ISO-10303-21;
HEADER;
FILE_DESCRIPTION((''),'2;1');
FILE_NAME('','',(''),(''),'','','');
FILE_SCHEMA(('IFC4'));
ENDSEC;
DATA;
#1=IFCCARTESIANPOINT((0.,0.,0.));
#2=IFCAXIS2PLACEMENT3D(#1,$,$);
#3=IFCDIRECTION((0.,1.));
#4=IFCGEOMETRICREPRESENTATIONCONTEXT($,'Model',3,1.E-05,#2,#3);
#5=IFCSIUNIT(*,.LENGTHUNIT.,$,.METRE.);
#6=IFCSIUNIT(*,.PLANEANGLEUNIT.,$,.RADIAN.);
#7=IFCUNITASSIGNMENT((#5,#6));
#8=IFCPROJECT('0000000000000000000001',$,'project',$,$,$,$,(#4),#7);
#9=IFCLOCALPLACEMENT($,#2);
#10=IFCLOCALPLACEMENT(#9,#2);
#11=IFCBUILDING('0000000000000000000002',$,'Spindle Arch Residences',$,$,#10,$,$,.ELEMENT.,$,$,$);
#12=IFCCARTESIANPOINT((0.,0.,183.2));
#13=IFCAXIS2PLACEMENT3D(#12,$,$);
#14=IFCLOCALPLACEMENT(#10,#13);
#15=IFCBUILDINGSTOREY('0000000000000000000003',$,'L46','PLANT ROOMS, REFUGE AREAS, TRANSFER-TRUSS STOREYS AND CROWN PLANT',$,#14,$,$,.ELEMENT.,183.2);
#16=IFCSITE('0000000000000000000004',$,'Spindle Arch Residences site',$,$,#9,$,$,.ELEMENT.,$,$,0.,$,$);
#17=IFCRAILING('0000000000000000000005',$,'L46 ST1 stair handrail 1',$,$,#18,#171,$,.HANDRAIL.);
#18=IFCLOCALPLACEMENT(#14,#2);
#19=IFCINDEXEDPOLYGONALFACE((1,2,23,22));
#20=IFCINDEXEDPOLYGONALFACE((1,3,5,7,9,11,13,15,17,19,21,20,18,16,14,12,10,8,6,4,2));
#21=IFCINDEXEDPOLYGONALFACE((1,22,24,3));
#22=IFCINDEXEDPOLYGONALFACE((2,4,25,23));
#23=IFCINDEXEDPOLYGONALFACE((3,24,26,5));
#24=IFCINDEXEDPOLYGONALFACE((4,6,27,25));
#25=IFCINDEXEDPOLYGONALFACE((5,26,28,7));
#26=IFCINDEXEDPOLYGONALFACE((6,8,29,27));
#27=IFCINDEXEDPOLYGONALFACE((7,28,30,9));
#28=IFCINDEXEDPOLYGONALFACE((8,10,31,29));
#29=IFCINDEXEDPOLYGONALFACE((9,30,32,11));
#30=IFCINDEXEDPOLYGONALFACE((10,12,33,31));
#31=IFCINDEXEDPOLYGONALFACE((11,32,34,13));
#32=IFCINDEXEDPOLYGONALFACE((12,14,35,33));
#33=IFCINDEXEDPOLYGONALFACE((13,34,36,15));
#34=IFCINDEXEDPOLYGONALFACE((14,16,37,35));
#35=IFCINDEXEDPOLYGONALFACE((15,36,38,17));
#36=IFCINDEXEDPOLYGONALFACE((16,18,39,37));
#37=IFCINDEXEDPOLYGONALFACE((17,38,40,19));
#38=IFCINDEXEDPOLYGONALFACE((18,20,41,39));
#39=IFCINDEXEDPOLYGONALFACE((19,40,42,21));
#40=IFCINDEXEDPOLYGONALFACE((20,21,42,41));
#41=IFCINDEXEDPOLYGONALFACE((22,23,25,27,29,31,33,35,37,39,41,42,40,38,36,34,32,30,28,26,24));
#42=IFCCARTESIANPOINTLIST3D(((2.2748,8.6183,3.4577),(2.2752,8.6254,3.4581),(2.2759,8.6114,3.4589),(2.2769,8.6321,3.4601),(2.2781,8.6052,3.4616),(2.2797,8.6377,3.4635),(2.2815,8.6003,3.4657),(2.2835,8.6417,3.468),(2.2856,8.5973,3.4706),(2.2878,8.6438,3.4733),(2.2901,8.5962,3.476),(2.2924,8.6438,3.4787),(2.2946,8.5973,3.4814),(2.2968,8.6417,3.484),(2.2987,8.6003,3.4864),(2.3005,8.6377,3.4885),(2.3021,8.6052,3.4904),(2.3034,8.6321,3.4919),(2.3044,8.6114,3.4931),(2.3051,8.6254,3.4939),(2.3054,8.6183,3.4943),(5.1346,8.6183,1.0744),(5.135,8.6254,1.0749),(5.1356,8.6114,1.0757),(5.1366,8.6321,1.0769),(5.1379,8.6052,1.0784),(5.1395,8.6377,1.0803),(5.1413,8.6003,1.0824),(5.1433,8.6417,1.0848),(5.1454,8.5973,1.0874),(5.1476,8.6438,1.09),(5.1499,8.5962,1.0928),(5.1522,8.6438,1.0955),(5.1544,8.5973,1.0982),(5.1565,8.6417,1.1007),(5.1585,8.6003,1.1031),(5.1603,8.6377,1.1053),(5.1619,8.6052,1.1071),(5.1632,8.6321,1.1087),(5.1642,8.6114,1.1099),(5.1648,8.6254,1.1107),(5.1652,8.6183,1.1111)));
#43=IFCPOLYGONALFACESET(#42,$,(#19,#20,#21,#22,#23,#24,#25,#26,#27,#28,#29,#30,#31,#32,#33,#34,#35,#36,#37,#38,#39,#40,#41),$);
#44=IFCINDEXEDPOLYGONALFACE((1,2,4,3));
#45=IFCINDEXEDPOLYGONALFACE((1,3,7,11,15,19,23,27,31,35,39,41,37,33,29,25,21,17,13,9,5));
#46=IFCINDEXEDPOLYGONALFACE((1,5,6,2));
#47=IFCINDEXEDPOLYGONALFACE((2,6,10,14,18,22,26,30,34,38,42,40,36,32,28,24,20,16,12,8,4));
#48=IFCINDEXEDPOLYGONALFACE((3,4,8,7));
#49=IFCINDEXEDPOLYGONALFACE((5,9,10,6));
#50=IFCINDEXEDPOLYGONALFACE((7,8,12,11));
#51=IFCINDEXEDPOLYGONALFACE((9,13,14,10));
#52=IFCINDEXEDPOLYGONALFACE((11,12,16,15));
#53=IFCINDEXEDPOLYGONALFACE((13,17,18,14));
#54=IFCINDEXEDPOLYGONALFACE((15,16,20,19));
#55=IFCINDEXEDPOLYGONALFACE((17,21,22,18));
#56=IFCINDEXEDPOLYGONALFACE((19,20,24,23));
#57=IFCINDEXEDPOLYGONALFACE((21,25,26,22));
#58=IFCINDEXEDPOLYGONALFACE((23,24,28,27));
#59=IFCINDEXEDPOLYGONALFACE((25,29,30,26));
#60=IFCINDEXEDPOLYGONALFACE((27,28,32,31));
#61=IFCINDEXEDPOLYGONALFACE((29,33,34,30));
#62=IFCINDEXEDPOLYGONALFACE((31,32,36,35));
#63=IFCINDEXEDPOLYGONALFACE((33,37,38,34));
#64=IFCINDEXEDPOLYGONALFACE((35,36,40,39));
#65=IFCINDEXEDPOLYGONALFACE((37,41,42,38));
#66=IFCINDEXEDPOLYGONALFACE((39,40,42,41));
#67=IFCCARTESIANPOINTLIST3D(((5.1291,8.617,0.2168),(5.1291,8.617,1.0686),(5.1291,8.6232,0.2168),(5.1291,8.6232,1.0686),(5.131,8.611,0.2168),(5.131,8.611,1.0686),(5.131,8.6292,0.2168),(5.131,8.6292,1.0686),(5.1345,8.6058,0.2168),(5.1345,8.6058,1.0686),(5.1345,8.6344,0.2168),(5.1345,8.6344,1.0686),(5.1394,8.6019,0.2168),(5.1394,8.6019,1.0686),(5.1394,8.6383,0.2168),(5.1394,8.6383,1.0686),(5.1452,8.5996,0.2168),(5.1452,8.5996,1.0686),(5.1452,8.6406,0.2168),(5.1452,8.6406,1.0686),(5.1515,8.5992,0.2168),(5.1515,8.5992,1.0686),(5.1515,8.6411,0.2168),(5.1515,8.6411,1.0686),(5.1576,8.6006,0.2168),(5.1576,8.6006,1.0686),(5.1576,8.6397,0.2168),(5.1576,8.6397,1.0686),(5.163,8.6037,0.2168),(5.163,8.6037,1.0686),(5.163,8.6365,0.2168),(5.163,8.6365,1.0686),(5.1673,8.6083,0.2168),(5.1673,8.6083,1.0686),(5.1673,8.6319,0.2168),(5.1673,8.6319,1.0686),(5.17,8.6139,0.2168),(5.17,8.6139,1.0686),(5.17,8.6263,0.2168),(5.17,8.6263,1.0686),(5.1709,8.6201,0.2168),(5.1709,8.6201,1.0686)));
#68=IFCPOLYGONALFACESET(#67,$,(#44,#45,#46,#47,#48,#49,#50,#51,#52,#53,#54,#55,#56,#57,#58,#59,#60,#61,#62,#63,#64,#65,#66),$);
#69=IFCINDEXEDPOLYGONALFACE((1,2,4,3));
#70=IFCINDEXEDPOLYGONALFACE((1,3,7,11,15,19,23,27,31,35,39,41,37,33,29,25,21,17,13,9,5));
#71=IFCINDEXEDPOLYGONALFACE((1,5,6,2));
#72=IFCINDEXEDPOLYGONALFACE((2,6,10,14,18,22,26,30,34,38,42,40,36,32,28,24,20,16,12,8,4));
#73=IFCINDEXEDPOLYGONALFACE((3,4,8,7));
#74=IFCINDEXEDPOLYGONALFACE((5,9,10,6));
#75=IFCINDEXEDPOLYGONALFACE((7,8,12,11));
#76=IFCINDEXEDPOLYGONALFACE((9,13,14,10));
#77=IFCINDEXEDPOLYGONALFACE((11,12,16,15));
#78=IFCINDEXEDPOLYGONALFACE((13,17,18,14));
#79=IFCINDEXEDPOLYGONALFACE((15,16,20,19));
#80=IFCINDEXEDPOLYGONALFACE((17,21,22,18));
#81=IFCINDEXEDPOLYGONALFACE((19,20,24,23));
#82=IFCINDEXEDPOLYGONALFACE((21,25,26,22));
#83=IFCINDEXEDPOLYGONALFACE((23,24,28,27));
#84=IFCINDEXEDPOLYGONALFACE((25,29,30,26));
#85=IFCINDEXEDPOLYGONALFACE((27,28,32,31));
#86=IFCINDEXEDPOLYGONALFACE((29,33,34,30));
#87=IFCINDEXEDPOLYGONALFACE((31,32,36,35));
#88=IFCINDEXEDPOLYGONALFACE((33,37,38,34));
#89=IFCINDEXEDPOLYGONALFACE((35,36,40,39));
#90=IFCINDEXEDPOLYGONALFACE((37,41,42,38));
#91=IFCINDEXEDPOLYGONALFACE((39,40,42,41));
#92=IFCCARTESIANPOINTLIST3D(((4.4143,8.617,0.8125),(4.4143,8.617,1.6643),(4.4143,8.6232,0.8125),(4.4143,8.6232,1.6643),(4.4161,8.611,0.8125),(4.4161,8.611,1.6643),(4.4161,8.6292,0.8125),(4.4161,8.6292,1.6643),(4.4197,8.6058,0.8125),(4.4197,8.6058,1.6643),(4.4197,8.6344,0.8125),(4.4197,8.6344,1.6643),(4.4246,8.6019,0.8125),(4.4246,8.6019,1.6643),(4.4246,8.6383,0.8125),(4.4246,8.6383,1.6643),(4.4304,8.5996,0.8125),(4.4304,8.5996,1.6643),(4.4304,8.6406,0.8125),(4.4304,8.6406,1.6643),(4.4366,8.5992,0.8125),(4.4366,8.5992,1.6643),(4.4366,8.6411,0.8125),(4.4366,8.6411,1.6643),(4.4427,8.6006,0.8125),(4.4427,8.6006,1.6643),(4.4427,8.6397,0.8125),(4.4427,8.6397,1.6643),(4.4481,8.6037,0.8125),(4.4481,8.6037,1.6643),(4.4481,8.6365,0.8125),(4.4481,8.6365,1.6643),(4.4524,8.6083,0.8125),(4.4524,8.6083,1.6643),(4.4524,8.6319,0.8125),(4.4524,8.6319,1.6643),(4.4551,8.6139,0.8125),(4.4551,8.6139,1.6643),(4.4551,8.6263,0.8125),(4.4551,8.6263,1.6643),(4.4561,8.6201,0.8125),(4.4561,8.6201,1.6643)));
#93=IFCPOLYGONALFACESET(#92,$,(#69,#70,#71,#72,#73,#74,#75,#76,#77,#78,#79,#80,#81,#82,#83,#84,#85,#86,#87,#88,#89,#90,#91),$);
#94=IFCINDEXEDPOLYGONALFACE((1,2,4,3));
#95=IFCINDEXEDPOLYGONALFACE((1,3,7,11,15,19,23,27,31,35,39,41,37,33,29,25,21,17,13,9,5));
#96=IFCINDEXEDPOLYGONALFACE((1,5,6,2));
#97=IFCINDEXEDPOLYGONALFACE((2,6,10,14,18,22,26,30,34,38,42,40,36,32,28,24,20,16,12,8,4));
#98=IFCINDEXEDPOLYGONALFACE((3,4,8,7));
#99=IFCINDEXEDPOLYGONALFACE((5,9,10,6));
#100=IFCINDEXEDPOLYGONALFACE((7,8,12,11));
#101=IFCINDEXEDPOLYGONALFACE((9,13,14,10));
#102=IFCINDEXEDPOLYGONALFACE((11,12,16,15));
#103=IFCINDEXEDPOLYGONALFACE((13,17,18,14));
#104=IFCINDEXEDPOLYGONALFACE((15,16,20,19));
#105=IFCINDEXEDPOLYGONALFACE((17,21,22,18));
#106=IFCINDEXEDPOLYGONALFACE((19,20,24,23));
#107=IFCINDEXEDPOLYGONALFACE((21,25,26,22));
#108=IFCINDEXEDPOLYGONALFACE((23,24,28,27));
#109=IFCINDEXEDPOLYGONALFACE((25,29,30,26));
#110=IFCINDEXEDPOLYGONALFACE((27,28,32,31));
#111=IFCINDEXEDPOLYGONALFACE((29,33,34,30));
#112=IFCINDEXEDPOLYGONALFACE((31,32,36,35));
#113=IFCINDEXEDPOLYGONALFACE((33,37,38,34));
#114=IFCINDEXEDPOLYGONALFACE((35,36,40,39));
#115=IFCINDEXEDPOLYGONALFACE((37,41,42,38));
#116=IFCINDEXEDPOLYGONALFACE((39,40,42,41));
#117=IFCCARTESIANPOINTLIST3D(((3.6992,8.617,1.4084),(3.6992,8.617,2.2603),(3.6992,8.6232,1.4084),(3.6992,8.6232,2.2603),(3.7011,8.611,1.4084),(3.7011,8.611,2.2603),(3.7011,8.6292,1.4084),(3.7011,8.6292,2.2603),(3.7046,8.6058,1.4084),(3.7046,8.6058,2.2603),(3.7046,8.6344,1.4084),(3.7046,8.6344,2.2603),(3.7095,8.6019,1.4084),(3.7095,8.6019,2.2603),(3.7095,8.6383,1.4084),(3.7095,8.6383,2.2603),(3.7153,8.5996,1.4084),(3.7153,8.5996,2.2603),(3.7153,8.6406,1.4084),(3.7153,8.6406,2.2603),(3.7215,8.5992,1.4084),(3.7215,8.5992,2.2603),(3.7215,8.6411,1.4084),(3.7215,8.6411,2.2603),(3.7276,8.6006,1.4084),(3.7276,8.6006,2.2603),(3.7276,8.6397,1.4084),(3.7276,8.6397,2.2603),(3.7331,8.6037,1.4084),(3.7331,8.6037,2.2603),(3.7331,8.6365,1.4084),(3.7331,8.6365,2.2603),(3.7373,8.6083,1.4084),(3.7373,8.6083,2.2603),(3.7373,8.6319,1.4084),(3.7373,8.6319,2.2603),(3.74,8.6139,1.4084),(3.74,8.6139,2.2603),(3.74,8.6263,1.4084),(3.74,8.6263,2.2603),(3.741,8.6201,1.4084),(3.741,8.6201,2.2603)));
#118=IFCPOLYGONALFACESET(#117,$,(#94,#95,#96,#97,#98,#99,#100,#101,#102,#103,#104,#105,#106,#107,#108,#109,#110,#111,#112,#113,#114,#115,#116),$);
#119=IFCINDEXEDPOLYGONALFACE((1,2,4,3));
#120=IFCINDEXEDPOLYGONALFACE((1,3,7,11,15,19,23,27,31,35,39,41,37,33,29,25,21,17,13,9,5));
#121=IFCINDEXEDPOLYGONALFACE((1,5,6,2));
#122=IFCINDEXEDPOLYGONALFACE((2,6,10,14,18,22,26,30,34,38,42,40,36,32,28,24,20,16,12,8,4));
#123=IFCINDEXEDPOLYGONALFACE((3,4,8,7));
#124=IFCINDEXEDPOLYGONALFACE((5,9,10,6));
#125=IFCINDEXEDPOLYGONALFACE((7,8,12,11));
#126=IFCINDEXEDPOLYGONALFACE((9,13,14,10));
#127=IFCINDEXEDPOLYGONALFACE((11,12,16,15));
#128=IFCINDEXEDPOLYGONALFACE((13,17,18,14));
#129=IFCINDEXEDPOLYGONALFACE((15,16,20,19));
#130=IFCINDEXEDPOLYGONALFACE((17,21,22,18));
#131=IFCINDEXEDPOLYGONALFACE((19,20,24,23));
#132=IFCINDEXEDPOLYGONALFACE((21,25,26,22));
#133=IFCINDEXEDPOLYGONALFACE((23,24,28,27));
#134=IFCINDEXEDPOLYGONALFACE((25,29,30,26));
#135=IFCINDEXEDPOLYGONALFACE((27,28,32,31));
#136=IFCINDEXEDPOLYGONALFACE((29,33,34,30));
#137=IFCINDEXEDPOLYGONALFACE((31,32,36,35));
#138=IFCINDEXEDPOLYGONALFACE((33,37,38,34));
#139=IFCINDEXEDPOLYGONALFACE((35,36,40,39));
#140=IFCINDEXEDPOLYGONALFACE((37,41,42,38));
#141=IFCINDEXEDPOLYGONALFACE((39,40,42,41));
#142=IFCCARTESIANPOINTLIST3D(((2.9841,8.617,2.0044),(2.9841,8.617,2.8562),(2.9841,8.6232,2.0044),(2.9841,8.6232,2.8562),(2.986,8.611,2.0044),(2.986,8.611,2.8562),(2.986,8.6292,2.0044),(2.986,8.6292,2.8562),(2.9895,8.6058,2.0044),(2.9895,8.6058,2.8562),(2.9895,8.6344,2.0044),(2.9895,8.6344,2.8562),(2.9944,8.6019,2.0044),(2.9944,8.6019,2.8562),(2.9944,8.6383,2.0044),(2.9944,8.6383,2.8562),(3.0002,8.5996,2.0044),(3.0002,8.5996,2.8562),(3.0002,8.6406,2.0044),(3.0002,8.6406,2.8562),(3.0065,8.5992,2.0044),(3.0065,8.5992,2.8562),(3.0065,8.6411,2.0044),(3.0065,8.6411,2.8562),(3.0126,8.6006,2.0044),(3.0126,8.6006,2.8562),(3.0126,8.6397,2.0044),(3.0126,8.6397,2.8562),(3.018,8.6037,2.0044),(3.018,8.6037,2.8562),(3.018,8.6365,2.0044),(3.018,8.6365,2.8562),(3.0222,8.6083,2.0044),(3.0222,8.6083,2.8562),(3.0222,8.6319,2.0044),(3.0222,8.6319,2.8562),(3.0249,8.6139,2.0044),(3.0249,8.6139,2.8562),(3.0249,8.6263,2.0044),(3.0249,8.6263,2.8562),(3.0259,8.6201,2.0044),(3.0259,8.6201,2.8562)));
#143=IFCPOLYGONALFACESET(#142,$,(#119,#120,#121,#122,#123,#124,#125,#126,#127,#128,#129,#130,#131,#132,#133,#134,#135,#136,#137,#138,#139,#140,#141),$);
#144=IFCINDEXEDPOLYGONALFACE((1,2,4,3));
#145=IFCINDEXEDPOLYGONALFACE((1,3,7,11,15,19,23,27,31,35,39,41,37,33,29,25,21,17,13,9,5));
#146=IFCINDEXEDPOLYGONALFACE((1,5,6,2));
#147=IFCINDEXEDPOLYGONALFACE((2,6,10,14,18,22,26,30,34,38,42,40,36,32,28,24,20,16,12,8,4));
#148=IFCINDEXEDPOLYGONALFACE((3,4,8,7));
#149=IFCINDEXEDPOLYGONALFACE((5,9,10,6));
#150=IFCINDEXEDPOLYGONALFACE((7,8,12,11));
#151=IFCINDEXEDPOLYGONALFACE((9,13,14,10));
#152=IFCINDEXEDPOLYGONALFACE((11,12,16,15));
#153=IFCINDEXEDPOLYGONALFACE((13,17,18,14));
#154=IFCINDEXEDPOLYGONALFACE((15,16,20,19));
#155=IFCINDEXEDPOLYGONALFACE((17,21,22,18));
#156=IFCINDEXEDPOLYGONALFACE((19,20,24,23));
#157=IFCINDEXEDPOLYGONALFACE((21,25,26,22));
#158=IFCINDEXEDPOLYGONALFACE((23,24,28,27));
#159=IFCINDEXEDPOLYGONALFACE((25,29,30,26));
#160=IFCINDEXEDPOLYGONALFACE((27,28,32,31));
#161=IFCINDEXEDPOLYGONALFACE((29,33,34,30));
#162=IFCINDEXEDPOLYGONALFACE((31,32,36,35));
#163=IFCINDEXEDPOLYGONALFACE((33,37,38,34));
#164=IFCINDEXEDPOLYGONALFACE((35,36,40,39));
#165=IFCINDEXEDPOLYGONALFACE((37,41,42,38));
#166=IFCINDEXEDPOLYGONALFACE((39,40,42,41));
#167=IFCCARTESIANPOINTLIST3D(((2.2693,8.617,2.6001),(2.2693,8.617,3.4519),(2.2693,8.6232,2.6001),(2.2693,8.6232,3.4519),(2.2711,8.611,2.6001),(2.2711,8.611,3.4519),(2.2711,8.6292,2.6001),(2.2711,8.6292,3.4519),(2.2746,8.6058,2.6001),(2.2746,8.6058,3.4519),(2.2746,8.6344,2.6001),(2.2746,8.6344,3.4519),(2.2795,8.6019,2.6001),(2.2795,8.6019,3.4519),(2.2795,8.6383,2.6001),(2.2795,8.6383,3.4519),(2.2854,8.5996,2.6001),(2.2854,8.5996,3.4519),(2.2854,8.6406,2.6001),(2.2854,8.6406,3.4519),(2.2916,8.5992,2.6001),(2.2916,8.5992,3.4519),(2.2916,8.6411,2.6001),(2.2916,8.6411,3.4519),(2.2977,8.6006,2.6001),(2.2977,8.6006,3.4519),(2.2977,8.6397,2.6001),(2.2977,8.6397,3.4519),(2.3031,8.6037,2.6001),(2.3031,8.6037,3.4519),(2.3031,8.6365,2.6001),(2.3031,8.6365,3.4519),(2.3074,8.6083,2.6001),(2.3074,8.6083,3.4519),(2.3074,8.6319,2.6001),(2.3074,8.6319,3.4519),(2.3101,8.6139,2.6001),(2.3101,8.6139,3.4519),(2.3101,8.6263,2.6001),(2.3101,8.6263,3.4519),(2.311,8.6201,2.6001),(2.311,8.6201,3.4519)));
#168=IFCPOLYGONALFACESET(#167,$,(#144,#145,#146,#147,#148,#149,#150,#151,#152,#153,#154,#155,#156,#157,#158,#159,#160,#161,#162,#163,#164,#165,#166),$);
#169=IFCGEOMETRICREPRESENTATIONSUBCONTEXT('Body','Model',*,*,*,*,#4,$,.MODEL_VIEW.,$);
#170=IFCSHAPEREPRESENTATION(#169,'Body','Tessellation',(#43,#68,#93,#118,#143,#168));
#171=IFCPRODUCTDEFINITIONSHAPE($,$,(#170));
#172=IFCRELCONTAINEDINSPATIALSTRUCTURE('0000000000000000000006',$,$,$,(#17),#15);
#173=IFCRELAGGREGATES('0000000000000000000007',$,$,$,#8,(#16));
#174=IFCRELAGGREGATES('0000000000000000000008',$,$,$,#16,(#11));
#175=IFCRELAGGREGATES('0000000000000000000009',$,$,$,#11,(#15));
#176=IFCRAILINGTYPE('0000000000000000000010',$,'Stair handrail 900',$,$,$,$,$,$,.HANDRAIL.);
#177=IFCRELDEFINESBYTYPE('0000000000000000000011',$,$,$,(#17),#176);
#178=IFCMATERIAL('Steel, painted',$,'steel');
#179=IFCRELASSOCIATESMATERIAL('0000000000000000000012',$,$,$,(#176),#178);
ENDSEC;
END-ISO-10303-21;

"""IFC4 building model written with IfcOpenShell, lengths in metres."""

from ifc_helpers import new_model, si_unit, direction, frame, origin, origin_2d, place, context, subcontext, project, spatial, circle, extrude, material, type_object, element, save


model = new_model("IFC4")

# Units and contexts
model_context = context("Model", 3, precision=1e-05, world=origin(), true_north=direction((0.0, 1.0)))
body_context = subcontext(model_context, "Body", "Model", "MODEL_VIEW")
ifc_project = project(units=[si_unit("LENGTHUNIT", "METRE"), si_unit("PLANEANGLEUNIT", "RADIAN")], contexts=[model_context])

# Site, building, storey
site_placement = place(None, origin())
site = spatial("IfcSite", under=ifc_project, at=site_placement, Name="Spindle Arch Residences site", CompositionType="ELEMENT", RefElevation=0.0)
building_placement = place(site_placement, origin())
building = spatial("IfcBuilding", under=site, at=building_placement, Name="Spindle Arch Residences", CompositionType="ELEMENT")
storey_placement = place(building_placement, frame((0.0, 0.0, 183.2)))
storey = spatial("IfcBuildingStorey", under=building, at=storey_placement, Name="L46", Description="PLANT ROOMS, REFUGE AREAS, TRANSFER-TRUSS STOREYS AND CROWN PLANT", CompositionType="ELEMENT", Elevation=183.2)

# Railing
ifc_material_1 = material(Name="Steel, painted", Category="steel")
railing_type_1 = type_object("IfcRailingType", Name="Stair handrail 900", PredefinedType="HANDRAIL", material=ifc_material_1)
railing_1_placement = place(storey_placement, frame((5.1499, 8.6201, 0.2168)))
element("IfcRailing", 1, at=railing_1_placement, inside=storey, type_object=railing_type_1, Name="L46 ST1 stair handrail 1", PredefinedType="HANDRAIL", context=body_context, shape_type="SweptSolid", body=[
    extrude(circle(Radius=0.0239, at=origin_2d()), frame((0.0, 0.0, 0.876), z_axis=(-0.768211, 0.0, 0.640197), x_axis=(0.0, -1.0, 0.0)), (0.0, 0.0, 1.0), 3.7227),
    extrude(circle(Radius=0.021, at=origin_2d()), origin(), (0.0, 0.0, 1.0), 0.8518),
    extrude(circle(Radius=0.021, at=origin_2d()), frame((-0.7148, 0.0, 0.5957)), (0.0, 0.0, 1.0), 0.8518),
    extrude(circle(Radius=0.021, at=origin_2d()), frame((-1.4299, 0.0, 1.1917)), (0.0, 0.0, 1.0), 0.8518),
    extrude(circle(Radius=0.021, at=origin_2d()), frame((-2.145, 0.0, 1.7876)), (0.0, 0.0, 1.0), 0.8518),
    extrude(circle(Radius=0.021, at=origin_2d()), frame((-2.8599, 0.0, 2.3833)), (0.0, 0.0, 1.0), 0.8518),
])

save(model, "model.ifc")
